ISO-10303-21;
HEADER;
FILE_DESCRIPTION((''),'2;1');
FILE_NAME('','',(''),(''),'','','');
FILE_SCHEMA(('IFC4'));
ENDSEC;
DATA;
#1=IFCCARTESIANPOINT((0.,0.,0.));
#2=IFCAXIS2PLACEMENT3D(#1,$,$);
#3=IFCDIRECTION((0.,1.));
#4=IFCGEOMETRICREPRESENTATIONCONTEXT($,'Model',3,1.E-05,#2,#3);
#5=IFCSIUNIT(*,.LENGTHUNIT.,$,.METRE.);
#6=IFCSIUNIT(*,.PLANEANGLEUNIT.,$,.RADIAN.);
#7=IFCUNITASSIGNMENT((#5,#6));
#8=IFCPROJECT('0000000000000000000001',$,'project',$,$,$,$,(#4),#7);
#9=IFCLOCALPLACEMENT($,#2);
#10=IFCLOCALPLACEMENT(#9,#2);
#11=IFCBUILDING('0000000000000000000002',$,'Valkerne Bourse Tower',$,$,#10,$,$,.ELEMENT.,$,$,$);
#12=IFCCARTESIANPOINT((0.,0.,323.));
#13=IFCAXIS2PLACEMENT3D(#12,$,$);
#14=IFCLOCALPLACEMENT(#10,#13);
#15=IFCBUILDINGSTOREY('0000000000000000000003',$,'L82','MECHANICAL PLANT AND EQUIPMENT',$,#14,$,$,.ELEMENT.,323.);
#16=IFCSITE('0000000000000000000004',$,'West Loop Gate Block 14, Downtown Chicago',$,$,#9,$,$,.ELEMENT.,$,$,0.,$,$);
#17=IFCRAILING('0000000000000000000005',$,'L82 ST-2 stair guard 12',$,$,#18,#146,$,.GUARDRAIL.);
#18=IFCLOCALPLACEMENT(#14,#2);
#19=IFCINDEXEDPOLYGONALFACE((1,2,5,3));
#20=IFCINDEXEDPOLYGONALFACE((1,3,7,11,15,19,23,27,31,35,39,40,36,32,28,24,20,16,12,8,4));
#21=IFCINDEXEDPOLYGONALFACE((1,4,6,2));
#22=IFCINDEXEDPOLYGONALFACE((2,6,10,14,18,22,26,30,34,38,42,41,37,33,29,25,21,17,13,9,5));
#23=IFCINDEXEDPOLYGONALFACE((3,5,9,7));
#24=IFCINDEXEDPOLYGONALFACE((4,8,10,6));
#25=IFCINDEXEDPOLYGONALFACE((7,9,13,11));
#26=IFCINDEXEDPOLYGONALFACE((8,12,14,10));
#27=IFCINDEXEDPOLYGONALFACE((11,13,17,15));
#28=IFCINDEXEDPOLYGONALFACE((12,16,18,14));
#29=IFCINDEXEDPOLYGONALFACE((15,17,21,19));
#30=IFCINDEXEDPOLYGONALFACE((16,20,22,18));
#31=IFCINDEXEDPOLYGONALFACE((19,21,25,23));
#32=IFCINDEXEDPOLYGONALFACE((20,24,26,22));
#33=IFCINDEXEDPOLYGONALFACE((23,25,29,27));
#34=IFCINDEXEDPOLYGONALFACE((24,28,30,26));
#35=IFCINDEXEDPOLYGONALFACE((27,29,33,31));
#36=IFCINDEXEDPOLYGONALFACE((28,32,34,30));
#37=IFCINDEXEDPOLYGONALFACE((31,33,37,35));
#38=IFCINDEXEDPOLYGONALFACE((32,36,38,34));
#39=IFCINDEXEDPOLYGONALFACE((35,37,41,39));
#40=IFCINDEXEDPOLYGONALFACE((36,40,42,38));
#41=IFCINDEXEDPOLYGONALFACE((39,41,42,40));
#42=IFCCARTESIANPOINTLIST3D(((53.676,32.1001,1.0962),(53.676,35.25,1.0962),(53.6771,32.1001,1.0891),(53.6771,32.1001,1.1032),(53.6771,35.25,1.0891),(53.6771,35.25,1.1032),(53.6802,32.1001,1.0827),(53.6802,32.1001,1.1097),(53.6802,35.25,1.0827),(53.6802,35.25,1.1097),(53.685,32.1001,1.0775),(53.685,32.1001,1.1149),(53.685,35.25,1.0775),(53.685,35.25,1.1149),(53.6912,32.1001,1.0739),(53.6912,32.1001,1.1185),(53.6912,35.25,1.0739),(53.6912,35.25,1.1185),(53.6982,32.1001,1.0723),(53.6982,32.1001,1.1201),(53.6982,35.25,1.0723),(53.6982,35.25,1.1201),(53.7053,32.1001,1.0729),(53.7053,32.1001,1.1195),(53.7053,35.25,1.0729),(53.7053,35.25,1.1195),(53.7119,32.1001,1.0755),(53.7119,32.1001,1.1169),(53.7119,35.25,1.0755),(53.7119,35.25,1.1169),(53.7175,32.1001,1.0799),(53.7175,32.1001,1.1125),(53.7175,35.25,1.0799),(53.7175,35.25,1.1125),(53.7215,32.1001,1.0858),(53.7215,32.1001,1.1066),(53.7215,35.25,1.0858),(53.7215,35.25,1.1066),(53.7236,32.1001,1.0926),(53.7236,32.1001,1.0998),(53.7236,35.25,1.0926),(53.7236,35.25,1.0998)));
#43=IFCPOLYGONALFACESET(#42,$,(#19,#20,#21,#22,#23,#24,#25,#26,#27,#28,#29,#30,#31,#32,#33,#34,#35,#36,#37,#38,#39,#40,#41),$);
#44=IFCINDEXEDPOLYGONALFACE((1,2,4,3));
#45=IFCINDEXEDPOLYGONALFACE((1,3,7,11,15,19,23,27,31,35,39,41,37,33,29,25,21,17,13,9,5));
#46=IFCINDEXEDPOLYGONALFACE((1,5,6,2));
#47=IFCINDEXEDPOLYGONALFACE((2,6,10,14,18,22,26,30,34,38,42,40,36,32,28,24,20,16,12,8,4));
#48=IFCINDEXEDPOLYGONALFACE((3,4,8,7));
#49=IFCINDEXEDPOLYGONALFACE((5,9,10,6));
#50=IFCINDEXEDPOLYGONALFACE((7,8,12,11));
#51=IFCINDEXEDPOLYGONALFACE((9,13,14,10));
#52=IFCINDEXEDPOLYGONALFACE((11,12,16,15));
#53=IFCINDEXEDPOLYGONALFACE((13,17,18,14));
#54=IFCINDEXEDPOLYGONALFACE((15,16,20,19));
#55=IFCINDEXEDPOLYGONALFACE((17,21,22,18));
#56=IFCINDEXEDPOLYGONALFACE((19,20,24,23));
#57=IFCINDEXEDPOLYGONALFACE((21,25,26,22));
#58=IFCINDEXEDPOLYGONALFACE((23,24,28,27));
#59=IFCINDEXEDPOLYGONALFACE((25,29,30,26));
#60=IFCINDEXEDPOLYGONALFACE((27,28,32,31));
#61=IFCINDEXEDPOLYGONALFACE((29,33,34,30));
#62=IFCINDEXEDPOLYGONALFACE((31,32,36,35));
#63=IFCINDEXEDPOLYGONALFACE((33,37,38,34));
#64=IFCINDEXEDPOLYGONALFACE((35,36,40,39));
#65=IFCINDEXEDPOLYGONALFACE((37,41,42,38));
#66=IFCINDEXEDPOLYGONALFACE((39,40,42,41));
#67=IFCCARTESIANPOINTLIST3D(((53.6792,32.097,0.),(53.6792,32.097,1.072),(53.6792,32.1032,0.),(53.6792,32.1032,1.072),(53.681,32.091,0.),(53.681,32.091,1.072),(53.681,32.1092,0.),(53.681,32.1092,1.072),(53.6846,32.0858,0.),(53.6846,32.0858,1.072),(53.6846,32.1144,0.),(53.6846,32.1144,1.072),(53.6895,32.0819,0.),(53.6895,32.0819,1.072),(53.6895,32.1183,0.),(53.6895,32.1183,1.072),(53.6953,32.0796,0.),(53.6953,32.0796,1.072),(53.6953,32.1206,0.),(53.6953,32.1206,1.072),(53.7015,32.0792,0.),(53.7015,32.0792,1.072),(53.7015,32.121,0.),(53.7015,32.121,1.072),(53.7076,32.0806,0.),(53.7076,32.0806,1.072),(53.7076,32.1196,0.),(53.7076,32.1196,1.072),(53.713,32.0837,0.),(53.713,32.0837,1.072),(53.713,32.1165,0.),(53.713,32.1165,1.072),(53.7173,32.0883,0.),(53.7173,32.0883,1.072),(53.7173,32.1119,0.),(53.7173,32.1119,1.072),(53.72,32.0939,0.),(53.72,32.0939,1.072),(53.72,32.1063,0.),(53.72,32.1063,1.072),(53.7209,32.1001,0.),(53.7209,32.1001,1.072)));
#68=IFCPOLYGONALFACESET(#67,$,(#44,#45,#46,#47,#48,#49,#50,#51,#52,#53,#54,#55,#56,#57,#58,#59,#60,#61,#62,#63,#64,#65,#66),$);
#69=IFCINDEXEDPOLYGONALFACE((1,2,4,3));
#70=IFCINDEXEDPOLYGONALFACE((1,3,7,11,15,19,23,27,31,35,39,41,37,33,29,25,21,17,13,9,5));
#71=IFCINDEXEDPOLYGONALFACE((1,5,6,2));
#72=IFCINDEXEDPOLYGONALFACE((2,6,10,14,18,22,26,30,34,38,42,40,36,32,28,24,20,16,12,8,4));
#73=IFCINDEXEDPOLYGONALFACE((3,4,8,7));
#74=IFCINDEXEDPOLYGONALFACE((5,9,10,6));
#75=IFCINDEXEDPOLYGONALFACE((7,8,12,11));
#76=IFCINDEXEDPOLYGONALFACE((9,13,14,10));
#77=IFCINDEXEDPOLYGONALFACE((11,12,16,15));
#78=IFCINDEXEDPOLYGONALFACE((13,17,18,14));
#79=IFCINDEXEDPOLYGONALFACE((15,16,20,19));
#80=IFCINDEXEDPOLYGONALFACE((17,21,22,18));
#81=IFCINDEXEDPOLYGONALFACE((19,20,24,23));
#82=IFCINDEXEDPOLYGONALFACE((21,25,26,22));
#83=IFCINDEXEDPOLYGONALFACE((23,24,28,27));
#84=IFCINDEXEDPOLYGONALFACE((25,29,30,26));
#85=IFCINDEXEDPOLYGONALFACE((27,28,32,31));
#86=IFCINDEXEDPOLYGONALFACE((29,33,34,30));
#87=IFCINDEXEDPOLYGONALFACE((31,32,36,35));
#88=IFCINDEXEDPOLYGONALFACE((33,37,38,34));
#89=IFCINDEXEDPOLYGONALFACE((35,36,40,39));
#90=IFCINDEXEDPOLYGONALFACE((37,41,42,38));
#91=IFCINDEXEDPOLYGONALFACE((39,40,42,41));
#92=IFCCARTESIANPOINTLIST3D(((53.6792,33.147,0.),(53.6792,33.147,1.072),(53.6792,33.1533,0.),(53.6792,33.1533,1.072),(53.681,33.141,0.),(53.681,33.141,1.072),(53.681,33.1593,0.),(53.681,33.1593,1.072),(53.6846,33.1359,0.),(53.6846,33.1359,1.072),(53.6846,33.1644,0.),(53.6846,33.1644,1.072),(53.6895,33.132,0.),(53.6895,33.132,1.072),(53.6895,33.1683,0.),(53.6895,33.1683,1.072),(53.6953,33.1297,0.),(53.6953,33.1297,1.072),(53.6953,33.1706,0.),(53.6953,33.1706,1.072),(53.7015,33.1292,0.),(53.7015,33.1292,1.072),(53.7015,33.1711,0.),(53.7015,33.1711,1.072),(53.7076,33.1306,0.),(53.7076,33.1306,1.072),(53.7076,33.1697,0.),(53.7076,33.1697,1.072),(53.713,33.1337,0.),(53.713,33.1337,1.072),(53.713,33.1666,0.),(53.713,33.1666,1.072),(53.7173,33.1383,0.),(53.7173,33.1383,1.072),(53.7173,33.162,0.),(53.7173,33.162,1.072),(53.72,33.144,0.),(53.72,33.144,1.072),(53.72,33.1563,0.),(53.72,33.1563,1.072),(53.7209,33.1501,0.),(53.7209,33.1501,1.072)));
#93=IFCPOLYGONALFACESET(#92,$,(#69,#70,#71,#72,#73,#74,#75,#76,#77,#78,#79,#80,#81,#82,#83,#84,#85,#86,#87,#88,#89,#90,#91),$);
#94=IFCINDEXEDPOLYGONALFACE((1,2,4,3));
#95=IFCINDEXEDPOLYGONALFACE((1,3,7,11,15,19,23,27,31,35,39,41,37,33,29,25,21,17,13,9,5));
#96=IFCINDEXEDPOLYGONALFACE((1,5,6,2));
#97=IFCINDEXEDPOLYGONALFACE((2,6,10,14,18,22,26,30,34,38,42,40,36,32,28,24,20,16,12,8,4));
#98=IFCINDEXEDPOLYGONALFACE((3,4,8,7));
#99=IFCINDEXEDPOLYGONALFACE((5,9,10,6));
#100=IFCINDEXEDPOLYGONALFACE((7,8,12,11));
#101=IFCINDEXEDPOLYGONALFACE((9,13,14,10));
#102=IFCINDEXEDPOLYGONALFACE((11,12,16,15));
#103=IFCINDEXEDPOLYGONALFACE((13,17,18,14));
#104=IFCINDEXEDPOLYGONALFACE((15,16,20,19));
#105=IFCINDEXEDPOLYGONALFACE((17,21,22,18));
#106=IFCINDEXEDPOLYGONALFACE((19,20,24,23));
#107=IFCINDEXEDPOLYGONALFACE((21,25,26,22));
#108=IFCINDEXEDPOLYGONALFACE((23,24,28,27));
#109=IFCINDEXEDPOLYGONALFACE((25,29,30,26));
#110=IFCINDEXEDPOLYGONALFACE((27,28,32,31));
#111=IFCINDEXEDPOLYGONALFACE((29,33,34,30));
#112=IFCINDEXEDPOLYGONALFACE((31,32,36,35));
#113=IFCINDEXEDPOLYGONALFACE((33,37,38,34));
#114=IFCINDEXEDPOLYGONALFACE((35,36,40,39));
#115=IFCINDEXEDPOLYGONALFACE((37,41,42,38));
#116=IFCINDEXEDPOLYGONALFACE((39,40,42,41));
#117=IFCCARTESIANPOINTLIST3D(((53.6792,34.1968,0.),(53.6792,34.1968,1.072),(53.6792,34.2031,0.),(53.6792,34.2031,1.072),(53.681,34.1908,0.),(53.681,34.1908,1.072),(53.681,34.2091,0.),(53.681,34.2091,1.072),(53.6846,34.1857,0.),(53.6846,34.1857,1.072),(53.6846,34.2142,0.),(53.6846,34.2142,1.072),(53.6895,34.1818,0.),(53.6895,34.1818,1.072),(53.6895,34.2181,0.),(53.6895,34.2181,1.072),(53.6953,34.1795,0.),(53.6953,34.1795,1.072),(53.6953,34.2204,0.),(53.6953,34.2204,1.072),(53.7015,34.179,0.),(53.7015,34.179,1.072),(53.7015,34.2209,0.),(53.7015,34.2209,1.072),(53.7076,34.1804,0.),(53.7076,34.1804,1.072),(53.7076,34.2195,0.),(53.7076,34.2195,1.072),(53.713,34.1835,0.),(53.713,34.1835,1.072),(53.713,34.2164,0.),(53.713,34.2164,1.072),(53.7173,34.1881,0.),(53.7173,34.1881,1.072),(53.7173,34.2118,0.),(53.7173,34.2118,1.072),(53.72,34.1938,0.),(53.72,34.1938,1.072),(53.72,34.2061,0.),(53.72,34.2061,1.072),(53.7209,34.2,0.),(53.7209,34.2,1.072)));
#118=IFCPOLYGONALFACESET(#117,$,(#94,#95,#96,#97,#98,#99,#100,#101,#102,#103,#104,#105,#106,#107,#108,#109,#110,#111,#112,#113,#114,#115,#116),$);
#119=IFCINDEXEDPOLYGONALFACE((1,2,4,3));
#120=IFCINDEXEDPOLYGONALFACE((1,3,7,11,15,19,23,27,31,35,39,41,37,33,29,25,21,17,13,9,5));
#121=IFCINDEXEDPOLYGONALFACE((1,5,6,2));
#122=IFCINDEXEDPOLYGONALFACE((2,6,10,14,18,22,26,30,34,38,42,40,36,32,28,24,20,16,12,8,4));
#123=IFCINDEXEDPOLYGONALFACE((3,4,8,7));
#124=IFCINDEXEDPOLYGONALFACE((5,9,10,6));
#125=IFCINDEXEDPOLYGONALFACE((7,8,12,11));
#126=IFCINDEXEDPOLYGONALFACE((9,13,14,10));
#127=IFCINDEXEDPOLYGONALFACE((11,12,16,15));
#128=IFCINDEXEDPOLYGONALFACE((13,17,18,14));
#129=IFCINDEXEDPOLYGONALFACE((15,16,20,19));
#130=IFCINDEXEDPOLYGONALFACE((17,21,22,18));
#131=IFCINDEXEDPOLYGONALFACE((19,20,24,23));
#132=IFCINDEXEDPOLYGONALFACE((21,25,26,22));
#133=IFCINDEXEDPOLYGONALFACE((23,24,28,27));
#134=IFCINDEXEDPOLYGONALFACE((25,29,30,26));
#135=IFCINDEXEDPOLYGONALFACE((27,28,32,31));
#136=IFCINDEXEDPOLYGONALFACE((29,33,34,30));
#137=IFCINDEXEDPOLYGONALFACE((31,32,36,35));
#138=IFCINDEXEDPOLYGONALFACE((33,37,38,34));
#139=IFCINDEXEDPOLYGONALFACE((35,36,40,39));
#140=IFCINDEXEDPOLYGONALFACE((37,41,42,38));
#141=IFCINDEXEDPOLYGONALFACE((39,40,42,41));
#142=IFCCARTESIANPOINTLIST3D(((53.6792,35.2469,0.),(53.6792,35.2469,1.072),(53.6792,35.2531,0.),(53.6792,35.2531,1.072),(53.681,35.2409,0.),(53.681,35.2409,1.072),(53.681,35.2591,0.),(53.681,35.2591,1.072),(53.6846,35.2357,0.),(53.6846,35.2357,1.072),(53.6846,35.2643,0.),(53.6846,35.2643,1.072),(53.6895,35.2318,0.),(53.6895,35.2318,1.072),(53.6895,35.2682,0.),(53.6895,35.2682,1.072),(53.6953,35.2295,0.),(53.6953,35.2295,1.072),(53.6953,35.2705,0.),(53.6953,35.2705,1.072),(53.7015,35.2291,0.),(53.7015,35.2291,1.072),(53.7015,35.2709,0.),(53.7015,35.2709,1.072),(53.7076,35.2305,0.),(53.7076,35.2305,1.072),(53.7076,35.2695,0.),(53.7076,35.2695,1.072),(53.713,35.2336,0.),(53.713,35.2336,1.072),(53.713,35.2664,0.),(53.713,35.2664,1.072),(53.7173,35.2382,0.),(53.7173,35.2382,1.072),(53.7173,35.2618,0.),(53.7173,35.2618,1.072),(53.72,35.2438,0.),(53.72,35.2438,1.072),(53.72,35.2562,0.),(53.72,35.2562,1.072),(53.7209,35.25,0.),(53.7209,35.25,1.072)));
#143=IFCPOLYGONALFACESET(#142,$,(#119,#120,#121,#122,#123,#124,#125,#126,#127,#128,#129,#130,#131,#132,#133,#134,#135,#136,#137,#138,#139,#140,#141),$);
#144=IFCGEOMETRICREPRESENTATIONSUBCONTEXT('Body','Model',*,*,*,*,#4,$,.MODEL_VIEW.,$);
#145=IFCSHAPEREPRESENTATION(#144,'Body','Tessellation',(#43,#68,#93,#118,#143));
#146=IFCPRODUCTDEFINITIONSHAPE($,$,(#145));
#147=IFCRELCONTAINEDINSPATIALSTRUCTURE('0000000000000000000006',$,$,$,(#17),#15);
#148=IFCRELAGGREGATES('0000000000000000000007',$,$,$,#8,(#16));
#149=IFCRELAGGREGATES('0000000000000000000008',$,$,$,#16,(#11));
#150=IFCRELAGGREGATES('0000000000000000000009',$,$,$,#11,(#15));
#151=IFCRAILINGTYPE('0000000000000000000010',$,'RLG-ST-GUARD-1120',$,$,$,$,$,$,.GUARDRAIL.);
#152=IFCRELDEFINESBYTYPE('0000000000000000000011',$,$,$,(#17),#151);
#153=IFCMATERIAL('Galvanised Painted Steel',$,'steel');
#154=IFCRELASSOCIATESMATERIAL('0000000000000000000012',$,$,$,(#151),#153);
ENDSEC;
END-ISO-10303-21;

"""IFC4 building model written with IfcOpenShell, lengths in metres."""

from ifc_helpers import new_model, si_unit, direction, frame, origin, origin_2d, place, context, subcontext, project, spatial, circle, extrude, material, type_object, element, save


model = new_model("IFC4")

# Units and contexts
model_context = context("Model", 3, precision=1e-05, world=origin(), true_north=direction((0.0, 1.0)))
body_context = subcontext(model_context, "Body", "Model", "MODEL_VIEW")
ifc_project = project(units=[si_unit("LENGTHUNIT", "METRE"), si_unit("PLANEANGLEUNIT", "RADIAN")], contexts=[model_context])

# Site, building, storey
site_placement = place(None, origin())
site = spatial("IfcSite", under=ifc_project, at=site_placement, Name="West Loop Gate Block 14, Downtown Chicago", CompositionType="ELEMENT", RefElevation=0.0)
building_placement = place(site_placement, origin())
building = spatial("IfcBuilding", under=site, at=building_placement, Name="Valkerne Bourse Tower", CompositionType="ELEMENT")
storey_placement = place(building_placement, frame((0.0, 0.0, 323.0)))
storey = spatial("IfcBuildingStorey", under=building, at=storey_placement, Name="L82", Description="MECHANICAL PLANT AND EQUIPMENT", CompositionType="ELEMENT", Elevation=323.0)

# Railing
ifc_material_1 = material(Name="Galvanised Painted Steel", Category="steel")
railing_type_1 = type_object("IfcRailingType", Name="RLG-ST-GUARD-1120", PredefinedType="GUARDRAIL", material=ifc_material_1)
railing_1_placement = place(storey_placement, frame((53.7, 32.1001, 0.0)))
element("IfcRailing", 1, at=railing_1_placement, inside=storey, type_object=railing_type_1, Name="L82 ST-2 stair guard 12", PredefinedType="GUARDRAIL", context=body_context, shape_type="SweptSolid", body=[
    extrude(circle(Radius=0.0239, at=origin_2d()), frame((0.0, 0.0, 1.0962), z_axis=(0.0, 1.0, 0.0), x_axis=(-1.0, 0.0, 0.0)), (0.0, 0.0, 1.0), 3.1499),
    extrude(circle(Radius=0.021, at=origin_2d()), origin(), (0.0, 0.0, 1.0), 1.072),
    extrude(circle(Radius=0.021, at=origin_2d()), frame((0.0, 1.05, 0.0)), (0.0, 0.0, 1.0), 1.072),
    extrude(circle(Radius=0.021, at=origin_2d()), frame((0.0, 2.0999, 0.0)), (0.0, 0.0, 1.0), 1.072),
    extrude(circle(Radius=0.021, at=origin_2d()), frame((0.0, 3.1499, 0.0)), (0.0, 0.0, 1.0), 1.072),
])

save(model, "model.ifc")
